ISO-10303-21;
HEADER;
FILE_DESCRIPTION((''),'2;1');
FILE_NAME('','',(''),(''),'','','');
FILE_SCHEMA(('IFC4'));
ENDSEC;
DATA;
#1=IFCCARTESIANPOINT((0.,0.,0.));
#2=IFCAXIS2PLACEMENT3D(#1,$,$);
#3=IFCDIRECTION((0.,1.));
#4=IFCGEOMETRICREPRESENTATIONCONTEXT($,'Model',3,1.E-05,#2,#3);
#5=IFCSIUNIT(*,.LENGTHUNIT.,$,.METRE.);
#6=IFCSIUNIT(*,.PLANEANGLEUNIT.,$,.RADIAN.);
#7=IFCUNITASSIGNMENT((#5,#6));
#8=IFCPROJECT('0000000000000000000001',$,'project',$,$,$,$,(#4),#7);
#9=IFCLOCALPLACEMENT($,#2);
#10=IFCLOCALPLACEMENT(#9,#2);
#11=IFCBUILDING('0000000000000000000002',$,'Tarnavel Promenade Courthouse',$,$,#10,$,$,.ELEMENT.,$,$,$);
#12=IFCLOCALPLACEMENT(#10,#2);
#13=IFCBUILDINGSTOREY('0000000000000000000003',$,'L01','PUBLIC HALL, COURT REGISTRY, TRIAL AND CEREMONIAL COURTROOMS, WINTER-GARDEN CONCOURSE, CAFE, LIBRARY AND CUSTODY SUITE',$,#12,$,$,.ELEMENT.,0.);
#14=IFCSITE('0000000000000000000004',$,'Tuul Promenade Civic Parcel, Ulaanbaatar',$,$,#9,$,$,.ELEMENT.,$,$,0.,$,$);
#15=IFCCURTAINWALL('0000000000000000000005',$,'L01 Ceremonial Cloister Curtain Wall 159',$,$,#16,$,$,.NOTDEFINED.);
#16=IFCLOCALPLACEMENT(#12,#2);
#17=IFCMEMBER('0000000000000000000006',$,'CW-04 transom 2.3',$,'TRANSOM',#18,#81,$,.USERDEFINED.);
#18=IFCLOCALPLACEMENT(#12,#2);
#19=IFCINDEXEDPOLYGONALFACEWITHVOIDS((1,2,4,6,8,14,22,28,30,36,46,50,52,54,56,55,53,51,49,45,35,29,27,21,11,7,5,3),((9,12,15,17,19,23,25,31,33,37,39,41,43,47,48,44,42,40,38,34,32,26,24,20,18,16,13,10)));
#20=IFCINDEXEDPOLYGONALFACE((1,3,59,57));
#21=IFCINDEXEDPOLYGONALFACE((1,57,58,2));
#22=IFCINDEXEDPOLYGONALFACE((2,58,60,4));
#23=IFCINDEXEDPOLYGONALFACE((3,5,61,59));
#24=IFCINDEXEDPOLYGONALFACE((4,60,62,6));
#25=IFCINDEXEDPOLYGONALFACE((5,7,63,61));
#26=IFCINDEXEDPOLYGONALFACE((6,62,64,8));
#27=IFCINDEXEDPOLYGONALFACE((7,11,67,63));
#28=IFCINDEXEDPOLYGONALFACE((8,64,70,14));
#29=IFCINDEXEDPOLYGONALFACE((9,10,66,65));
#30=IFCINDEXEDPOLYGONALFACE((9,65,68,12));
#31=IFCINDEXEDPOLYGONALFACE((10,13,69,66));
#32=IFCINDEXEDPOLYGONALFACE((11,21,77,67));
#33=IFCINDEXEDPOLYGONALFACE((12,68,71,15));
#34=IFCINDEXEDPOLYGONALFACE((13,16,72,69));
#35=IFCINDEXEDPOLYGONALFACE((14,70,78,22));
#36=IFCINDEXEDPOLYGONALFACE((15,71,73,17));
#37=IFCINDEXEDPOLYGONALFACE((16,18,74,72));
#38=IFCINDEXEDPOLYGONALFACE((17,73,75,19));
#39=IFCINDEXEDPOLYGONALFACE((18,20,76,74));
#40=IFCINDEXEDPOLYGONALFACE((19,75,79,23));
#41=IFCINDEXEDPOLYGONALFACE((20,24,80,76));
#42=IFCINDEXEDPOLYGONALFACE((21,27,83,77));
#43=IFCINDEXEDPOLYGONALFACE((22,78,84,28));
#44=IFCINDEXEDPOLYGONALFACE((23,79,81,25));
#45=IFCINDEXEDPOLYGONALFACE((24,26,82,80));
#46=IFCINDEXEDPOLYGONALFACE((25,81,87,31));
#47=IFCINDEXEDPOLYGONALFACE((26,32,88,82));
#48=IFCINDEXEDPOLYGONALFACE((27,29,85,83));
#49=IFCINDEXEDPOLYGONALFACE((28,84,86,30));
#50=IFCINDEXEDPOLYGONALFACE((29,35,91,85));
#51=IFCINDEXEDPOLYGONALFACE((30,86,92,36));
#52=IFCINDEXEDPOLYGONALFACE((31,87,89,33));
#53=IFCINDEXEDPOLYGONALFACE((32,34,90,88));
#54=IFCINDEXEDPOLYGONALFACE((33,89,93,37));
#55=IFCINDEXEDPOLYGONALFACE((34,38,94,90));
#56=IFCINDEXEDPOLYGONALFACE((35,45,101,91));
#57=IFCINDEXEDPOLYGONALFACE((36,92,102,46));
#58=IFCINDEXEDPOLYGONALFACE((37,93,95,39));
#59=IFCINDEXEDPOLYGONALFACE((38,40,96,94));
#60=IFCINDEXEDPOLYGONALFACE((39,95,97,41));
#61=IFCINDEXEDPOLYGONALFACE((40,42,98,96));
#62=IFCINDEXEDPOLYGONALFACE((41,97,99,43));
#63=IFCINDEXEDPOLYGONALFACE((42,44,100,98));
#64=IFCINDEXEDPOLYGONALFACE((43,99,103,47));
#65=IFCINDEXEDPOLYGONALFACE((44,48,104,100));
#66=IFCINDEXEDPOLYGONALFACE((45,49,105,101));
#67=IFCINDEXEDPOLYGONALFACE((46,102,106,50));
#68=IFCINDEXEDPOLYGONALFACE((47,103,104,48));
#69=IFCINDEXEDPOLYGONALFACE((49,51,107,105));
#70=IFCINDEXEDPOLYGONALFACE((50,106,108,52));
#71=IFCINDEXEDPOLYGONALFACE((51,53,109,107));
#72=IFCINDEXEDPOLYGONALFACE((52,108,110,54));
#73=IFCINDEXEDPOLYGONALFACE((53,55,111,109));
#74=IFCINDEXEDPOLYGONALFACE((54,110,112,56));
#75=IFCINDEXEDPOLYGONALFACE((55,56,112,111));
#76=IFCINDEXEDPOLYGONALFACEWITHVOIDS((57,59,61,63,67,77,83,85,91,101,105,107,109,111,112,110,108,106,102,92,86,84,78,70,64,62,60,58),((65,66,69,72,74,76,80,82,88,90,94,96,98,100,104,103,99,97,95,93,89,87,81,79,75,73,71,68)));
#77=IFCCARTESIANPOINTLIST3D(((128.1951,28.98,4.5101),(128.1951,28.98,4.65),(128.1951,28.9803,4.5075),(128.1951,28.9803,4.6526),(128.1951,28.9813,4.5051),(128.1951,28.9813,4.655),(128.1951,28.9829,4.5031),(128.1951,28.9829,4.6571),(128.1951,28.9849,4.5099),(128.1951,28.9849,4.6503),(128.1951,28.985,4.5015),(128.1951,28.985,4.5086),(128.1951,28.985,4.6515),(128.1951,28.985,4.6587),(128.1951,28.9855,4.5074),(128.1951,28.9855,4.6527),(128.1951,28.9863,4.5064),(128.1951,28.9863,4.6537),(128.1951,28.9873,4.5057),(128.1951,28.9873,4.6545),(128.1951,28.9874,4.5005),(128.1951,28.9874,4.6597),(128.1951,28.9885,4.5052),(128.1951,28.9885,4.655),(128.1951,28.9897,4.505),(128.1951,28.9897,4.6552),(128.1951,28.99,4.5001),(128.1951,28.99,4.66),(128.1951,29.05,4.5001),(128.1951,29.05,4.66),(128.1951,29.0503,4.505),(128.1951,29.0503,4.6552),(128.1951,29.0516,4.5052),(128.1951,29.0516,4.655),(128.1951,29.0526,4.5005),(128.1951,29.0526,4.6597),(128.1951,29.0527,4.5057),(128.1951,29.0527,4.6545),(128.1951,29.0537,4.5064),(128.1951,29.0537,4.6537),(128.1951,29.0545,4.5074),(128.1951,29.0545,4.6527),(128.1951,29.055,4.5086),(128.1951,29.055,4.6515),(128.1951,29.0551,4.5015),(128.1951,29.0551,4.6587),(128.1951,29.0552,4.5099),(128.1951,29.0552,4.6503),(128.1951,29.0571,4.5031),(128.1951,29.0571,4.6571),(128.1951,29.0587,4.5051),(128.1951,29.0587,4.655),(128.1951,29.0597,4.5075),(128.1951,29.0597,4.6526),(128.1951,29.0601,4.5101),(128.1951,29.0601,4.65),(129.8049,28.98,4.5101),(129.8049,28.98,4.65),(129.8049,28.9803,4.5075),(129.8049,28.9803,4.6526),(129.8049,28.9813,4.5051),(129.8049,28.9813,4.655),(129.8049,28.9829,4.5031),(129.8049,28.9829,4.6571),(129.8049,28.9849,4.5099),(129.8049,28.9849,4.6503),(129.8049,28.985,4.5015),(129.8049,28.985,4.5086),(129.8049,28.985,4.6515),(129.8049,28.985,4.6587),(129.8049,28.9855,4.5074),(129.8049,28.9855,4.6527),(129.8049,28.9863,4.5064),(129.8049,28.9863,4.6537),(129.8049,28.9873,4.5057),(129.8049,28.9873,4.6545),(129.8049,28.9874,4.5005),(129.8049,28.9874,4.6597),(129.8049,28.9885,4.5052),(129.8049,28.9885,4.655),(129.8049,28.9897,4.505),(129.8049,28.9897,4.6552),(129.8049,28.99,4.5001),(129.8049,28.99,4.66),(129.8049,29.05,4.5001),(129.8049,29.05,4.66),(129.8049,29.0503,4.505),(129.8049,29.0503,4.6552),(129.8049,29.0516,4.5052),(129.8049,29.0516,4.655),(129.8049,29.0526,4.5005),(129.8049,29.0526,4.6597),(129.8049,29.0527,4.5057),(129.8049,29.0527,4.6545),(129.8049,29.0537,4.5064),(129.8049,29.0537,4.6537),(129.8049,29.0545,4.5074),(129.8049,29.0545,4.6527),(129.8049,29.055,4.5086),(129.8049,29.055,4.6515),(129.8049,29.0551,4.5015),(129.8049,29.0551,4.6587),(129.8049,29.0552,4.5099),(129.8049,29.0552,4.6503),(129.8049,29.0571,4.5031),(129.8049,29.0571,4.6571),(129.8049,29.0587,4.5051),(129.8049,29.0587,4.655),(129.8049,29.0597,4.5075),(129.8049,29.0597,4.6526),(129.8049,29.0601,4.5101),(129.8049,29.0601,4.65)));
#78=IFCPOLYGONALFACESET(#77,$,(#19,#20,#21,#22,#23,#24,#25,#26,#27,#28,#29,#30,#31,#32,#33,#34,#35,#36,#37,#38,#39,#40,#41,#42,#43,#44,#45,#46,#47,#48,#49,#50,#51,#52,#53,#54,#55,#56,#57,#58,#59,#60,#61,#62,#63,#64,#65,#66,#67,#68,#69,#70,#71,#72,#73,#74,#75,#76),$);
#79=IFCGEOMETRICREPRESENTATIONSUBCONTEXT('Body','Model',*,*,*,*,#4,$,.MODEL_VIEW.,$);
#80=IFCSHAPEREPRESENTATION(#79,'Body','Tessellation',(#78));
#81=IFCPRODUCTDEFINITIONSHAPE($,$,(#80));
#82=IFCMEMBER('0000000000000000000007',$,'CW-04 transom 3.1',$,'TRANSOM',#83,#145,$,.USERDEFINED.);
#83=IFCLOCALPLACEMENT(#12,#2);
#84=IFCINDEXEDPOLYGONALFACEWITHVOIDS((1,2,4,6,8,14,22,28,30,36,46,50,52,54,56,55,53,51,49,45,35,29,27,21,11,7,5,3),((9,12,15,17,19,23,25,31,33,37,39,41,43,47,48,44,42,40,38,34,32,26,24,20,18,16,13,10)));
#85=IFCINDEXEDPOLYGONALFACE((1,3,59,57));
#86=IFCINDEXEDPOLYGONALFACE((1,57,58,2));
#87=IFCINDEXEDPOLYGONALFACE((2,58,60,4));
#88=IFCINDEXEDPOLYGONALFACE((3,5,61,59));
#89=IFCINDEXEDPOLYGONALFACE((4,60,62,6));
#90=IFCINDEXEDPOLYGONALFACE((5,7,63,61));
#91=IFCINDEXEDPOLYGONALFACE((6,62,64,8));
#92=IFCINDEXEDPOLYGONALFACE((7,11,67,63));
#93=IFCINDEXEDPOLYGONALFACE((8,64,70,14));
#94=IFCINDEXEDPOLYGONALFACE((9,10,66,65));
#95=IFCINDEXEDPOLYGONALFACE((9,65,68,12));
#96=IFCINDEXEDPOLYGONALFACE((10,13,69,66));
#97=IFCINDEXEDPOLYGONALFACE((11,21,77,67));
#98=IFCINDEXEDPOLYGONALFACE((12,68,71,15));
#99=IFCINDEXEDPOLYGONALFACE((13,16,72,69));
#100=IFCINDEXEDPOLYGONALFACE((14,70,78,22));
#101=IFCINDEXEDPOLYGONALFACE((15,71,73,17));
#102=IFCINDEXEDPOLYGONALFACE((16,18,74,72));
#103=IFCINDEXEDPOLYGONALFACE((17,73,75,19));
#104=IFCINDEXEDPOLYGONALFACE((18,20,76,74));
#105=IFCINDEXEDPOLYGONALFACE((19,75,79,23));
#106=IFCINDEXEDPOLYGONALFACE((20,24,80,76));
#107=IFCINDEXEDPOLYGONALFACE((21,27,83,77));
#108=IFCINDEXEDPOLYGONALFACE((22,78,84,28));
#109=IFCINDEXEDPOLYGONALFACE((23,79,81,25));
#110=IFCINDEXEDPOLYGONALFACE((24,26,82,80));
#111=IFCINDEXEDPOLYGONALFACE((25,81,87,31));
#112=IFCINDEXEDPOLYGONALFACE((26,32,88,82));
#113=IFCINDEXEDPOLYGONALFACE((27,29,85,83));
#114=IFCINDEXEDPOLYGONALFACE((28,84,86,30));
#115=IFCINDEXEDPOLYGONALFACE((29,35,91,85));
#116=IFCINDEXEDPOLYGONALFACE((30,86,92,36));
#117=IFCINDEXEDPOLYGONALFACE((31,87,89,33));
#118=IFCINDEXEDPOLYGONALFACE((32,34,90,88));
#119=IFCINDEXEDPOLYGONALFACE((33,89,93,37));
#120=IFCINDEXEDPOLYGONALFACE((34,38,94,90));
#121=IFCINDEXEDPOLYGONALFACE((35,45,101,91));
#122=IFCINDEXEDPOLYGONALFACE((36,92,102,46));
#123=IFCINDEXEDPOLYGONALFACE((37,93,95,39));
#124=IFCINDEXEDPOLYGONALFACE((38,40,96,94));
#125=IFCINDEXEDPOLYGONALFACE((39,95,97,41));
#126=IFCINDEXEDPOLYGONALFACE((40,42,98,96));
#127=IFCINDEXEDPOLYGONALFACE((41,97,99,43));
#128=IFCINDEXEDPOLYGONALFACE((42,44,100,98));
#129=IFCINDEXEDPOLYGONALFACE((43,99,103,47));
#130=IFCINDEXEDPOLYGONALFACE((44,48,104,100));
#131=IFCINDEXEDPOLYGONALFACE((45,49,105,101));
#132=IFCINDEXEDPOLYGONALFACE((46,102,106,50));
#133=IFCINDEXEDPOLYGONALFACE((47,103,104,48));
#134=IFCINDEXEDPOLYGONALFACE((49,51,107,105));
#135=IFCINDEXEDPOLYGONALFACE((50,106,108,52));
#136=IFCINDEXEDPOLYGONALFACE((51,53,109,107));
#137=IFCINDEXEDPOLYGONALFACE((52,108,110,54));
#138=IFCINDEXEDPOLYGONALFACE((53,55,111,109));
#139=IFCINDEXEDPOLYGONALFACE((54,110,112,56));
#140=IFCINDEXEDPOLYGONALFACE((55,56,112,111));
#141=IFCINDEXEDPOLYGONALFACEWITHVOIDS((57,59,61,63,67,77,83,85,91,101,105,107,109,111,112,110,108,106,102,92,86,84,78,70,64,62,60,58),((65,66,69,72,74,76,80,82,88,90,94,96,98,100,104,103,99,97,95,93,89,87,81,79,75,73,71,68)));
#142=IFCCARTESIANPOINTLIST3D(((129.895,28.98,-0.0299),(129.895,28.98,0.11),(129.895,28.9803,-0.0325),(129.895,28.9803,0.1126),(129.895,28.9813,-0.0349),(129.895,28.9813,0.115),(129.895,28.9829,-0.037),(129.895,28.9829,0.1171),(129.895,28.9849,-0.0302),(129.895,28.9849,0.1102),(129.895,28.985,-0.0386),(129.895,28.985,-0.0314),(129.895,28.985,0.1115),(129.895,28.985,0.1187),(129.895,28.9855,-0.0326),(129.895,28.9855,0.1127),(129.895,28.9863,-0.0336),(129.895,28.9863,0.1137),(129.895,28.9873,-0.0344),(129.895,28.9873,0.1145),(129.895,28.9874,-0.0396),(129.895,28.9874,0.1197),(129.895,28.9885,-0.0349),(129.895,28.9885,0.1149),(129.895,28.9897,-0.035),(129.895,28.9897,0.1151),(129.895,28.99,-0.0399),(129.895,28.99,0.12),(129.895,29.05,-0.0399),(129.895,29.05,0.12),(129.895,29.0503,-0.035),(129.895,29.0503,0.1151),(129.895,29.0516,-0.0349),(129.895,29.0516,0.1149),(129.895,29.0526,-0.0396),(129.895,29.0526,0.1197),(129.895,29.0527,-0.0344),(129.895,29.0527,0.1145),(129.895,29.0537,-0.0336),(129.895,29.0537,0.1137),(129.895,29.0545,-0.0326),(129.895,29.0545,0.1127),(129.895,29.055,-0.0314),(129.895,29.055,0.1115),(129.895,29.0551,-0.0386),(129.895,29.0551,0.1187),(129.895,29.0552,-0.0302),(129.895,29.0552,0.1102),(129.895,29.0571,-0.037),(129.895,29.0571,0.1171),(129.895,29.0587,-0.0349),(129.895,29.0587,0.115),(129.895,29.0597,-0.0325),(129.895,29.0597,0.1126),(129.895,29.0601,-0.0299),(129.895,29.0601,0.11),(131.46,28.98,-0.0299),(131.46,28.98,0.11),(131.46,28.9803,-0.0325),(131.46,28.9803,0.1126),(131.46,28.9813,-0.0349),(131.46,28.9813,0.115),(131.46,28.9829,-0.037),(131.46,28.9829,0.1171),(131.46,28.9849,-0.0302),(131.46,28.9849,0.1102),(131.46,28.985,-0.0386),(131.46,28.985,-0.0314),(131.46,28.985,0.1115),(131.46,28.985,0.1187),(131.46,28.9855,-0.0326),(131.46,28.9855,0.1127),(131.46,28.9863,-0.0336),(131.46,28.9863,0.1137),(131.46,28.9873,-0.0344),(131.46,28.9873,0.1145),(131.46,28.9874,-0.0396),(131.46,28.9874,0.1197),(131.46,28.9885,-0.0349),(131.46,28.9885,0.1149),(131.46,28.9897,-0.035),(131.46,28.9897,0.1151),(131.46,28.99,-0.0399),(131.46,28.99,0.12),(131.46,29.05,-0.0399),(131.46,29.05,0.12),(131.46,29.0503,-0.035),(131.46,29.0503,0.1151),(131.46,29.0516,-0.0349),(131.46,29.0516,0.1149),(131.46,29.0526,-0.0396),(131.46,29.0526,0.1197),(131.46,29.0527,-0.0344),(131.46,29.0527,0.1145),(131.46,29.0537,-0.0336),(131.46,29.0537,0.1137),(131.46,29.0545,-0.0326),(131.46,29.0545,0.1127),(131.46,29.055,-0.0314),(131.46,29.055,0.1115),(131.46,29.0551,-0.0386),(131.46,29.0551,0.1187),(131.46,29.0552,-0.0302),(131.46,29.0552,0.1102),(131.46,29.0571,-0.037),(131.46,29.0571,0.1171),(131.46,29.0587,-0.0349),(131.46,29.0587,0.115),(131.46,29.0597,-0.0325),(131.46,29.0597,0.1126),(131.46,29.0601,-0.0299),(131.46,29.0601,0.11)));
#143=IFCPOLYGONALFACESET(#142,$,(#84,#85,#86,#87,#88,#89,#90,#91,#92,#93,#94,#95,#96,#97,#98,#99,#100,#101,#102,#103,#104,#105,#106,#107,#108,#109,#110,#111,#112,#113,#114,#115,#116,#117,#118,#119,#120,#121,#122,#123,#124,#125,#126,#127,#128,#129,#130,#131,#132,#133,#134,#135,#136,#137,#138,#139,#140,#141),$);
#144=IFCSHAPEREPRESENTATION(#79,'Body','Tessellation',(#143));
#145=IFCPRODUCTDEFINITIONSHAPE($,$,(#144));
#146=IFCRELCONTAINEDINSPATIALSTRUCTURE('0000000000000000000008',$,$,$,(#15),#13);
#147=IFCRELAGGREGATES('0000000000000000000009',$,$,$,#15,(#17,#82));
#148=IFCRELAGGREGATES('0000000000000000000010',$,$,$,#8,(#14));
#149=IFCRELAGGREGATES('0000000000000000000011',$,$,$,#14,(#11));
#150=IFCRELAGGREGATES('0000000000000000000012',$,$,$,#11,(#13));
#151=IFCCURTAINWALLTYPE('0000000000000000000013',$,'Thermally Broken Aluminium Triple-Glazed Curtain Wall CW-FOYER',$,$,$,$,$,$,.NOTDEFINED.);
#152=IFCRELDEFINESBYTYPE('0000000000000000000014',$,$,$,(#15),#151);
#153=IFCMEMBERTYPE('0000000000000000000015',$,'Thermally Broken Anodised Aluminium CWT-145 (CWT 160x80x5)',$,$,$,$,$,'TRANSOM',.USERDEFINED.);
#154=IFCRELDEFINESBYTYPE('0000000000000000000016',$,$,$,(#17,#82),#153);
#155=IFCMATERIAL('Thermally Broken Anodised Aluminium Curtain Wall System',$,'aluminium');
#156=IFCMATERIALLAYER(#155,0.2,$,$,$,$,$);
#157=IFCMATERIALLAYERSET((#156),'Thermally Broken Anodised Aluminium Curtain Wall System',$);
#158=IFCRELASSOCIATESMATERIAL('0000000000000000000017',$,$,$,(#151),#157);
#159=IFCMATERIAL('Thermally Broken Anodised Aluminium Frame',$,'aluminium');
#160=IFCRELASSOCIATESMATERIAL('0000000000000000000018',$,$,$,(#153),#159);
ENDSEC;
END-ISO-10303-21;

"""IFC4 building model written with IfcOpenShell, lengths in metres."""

from ifc_helpers import new_model, si_unit, direction, frame, origin, origin_2d, place, context, subcontext, project, spatial, hollow_rectangle, extrude, material, layer, layer_set, material_profile, profile_set, type_object, element, aggregate, save


model = new_model("IFC4")

# Units and contexts
model_context = context("Model", 3, precision=1e-05, world=origin(), true_north=direction((0.0, 1.0)))
body_context = subcontext(model_context, "Body", "Model", "MODEL_VIEW")
ifc_project = project(units=[si_unit("LENGTHUNIT", "METRE"), si_unit("PLANEANGLEUNIT", "RADIAN")], contexts=[model_context])

# Site, building, storey
site_placement = place(None, origin())
site = spatial("IfcSite", under=ifc_project, at=site_placement, Name="Tuul Promenade Civic Parcel, Ulaanbaatar", CompositionType="ELEMENT", RefElevation=0.0)
building_placement = place(site_placement, origin())
building = spatial("IfcBuilding", under=site, at=building_placement, Name="Tarnavel Promenade Courthouse", CompositionType="ELEMENT")
storey_placement = place(building_placement, origin())
storey = spatial("IfcBuildingStorey", under=building, at=storey_placement, Name="L01", Description="PUBLIC HALL, COURT REGISTRY, TRIAL AND CEREMONIAL COURTROOMS, WINTER-GARDEN CONCOURSE, CAFE, LIBRARY AND CUSTODY SUITE", CompositionType="ELEMENT", Elevation=0.0)

# Shared definitions
ifc_material_1 = material(Name="Thermally Broken Anodised Aluminium Curtain Wall System", Category="aluminium")
ifc_layer_1 = layer(ifc_material_1, 0.2)
ifc_layer_set_1 = layer_set([ifc_layer_1], Name="Thermally Broken Anodised Aluminium Curtain Wall System")
curtain_wall_type = type_object("IfcCurtainWallType", Name="Thermally Broken Aluminium Triple-Glazed Curtain Wall CW-FOYER", PredefinedType="NOTDEFINED", material=ifc_layer_set_1)
ifc_material_2 = material(Name="Thermally Broken Anodised Aluminium Frame", Category="aluminium")

# Curtain wall
curtain_wall_1_placement = place(storey_placement, origin())
curtain_wall_1 = element("IfcCurtainWall", 1, at=curtain_wall_1_placement, inside=storey, type_object=curtain_wall_type, Name="L01 Ceremonial Cloister Curtain Wall 159", PredefinedType="NOTDEFINED")

# Members
ifc_material_profile_1 = material_profile(ifc_material_2, hollow_rectangle(XDim=0.0801, YDim=0.1599, WallThickness=0.0049, InnerFilletRadius=0.0049, OuterFilletRadius=0.01, at=origin_2d()), Name="CWT 160x80x5")
ifc_profile_set_1 = profile_set([ifc_material_profile_1], Name="Thermally Broken Anodised Aluminium Frame")
member_type_1 = type_object("IfcMemberType", Name="Thermally Broken Anodised Aluminium CWT-145 (CWT 160x80x5)", ElementType="TRANSOM", PredefinedType="USERDEFINED", material=ifc_profile_set_1)
member_1_placement = place(storey_placement, frame((128.1951, 29.02, 4.5801), z_axis=(1.0, 0.0, 0.0), x_axis=(0.0, 1.0, 0.0)))
member_1 = element("IfcMember", 2, at=member_1_placement, type_object=member_type_1, Name="CW-04 transom 2.3", ObjectType="TRANSOM", PredefinedType="USERDEFINED", context=body_context, shape_type="SweptSolid", body=[
    extrude(hollow_rectangle(XDim=0.0801, YDim=0.1599, WallThickness=0.0049, InnerFilletRadius=0.0049, OuterFilletRadius=0.01, at=origin_2d()), origin(), (0.0, 0.0, 1.0), 1.6099),
])
member_2_placement = place(storey_placement, frame((129.895, 29.02, 0.04), z_axis=(1.0, 0.0, 0.0), x_axis=(0.0, 1.0, 0.0)))
member_2 = element("IfcMember", 3, at=member_2_placement, type_object=member_type_1, Name="CW-04 transom 3.1", ObjectType="TRANSOM", PredefinedType="USERDEFINED", context=body_context, shape_type="SweptSolid", body=[
    extrude(hollow_rectangle(XDim=0.0801, YDim=0.1599, WallThickness=0.0049, InnerFilletRadius=0.0049, OuterFilletRadius=0.01, at=origin_2d()), origin(), (0.0, 0.0, 1.0), 1.5649),
])

aggregate(curtain_wall_1, [member_1, member_2])

save(model, "model.ifc")
